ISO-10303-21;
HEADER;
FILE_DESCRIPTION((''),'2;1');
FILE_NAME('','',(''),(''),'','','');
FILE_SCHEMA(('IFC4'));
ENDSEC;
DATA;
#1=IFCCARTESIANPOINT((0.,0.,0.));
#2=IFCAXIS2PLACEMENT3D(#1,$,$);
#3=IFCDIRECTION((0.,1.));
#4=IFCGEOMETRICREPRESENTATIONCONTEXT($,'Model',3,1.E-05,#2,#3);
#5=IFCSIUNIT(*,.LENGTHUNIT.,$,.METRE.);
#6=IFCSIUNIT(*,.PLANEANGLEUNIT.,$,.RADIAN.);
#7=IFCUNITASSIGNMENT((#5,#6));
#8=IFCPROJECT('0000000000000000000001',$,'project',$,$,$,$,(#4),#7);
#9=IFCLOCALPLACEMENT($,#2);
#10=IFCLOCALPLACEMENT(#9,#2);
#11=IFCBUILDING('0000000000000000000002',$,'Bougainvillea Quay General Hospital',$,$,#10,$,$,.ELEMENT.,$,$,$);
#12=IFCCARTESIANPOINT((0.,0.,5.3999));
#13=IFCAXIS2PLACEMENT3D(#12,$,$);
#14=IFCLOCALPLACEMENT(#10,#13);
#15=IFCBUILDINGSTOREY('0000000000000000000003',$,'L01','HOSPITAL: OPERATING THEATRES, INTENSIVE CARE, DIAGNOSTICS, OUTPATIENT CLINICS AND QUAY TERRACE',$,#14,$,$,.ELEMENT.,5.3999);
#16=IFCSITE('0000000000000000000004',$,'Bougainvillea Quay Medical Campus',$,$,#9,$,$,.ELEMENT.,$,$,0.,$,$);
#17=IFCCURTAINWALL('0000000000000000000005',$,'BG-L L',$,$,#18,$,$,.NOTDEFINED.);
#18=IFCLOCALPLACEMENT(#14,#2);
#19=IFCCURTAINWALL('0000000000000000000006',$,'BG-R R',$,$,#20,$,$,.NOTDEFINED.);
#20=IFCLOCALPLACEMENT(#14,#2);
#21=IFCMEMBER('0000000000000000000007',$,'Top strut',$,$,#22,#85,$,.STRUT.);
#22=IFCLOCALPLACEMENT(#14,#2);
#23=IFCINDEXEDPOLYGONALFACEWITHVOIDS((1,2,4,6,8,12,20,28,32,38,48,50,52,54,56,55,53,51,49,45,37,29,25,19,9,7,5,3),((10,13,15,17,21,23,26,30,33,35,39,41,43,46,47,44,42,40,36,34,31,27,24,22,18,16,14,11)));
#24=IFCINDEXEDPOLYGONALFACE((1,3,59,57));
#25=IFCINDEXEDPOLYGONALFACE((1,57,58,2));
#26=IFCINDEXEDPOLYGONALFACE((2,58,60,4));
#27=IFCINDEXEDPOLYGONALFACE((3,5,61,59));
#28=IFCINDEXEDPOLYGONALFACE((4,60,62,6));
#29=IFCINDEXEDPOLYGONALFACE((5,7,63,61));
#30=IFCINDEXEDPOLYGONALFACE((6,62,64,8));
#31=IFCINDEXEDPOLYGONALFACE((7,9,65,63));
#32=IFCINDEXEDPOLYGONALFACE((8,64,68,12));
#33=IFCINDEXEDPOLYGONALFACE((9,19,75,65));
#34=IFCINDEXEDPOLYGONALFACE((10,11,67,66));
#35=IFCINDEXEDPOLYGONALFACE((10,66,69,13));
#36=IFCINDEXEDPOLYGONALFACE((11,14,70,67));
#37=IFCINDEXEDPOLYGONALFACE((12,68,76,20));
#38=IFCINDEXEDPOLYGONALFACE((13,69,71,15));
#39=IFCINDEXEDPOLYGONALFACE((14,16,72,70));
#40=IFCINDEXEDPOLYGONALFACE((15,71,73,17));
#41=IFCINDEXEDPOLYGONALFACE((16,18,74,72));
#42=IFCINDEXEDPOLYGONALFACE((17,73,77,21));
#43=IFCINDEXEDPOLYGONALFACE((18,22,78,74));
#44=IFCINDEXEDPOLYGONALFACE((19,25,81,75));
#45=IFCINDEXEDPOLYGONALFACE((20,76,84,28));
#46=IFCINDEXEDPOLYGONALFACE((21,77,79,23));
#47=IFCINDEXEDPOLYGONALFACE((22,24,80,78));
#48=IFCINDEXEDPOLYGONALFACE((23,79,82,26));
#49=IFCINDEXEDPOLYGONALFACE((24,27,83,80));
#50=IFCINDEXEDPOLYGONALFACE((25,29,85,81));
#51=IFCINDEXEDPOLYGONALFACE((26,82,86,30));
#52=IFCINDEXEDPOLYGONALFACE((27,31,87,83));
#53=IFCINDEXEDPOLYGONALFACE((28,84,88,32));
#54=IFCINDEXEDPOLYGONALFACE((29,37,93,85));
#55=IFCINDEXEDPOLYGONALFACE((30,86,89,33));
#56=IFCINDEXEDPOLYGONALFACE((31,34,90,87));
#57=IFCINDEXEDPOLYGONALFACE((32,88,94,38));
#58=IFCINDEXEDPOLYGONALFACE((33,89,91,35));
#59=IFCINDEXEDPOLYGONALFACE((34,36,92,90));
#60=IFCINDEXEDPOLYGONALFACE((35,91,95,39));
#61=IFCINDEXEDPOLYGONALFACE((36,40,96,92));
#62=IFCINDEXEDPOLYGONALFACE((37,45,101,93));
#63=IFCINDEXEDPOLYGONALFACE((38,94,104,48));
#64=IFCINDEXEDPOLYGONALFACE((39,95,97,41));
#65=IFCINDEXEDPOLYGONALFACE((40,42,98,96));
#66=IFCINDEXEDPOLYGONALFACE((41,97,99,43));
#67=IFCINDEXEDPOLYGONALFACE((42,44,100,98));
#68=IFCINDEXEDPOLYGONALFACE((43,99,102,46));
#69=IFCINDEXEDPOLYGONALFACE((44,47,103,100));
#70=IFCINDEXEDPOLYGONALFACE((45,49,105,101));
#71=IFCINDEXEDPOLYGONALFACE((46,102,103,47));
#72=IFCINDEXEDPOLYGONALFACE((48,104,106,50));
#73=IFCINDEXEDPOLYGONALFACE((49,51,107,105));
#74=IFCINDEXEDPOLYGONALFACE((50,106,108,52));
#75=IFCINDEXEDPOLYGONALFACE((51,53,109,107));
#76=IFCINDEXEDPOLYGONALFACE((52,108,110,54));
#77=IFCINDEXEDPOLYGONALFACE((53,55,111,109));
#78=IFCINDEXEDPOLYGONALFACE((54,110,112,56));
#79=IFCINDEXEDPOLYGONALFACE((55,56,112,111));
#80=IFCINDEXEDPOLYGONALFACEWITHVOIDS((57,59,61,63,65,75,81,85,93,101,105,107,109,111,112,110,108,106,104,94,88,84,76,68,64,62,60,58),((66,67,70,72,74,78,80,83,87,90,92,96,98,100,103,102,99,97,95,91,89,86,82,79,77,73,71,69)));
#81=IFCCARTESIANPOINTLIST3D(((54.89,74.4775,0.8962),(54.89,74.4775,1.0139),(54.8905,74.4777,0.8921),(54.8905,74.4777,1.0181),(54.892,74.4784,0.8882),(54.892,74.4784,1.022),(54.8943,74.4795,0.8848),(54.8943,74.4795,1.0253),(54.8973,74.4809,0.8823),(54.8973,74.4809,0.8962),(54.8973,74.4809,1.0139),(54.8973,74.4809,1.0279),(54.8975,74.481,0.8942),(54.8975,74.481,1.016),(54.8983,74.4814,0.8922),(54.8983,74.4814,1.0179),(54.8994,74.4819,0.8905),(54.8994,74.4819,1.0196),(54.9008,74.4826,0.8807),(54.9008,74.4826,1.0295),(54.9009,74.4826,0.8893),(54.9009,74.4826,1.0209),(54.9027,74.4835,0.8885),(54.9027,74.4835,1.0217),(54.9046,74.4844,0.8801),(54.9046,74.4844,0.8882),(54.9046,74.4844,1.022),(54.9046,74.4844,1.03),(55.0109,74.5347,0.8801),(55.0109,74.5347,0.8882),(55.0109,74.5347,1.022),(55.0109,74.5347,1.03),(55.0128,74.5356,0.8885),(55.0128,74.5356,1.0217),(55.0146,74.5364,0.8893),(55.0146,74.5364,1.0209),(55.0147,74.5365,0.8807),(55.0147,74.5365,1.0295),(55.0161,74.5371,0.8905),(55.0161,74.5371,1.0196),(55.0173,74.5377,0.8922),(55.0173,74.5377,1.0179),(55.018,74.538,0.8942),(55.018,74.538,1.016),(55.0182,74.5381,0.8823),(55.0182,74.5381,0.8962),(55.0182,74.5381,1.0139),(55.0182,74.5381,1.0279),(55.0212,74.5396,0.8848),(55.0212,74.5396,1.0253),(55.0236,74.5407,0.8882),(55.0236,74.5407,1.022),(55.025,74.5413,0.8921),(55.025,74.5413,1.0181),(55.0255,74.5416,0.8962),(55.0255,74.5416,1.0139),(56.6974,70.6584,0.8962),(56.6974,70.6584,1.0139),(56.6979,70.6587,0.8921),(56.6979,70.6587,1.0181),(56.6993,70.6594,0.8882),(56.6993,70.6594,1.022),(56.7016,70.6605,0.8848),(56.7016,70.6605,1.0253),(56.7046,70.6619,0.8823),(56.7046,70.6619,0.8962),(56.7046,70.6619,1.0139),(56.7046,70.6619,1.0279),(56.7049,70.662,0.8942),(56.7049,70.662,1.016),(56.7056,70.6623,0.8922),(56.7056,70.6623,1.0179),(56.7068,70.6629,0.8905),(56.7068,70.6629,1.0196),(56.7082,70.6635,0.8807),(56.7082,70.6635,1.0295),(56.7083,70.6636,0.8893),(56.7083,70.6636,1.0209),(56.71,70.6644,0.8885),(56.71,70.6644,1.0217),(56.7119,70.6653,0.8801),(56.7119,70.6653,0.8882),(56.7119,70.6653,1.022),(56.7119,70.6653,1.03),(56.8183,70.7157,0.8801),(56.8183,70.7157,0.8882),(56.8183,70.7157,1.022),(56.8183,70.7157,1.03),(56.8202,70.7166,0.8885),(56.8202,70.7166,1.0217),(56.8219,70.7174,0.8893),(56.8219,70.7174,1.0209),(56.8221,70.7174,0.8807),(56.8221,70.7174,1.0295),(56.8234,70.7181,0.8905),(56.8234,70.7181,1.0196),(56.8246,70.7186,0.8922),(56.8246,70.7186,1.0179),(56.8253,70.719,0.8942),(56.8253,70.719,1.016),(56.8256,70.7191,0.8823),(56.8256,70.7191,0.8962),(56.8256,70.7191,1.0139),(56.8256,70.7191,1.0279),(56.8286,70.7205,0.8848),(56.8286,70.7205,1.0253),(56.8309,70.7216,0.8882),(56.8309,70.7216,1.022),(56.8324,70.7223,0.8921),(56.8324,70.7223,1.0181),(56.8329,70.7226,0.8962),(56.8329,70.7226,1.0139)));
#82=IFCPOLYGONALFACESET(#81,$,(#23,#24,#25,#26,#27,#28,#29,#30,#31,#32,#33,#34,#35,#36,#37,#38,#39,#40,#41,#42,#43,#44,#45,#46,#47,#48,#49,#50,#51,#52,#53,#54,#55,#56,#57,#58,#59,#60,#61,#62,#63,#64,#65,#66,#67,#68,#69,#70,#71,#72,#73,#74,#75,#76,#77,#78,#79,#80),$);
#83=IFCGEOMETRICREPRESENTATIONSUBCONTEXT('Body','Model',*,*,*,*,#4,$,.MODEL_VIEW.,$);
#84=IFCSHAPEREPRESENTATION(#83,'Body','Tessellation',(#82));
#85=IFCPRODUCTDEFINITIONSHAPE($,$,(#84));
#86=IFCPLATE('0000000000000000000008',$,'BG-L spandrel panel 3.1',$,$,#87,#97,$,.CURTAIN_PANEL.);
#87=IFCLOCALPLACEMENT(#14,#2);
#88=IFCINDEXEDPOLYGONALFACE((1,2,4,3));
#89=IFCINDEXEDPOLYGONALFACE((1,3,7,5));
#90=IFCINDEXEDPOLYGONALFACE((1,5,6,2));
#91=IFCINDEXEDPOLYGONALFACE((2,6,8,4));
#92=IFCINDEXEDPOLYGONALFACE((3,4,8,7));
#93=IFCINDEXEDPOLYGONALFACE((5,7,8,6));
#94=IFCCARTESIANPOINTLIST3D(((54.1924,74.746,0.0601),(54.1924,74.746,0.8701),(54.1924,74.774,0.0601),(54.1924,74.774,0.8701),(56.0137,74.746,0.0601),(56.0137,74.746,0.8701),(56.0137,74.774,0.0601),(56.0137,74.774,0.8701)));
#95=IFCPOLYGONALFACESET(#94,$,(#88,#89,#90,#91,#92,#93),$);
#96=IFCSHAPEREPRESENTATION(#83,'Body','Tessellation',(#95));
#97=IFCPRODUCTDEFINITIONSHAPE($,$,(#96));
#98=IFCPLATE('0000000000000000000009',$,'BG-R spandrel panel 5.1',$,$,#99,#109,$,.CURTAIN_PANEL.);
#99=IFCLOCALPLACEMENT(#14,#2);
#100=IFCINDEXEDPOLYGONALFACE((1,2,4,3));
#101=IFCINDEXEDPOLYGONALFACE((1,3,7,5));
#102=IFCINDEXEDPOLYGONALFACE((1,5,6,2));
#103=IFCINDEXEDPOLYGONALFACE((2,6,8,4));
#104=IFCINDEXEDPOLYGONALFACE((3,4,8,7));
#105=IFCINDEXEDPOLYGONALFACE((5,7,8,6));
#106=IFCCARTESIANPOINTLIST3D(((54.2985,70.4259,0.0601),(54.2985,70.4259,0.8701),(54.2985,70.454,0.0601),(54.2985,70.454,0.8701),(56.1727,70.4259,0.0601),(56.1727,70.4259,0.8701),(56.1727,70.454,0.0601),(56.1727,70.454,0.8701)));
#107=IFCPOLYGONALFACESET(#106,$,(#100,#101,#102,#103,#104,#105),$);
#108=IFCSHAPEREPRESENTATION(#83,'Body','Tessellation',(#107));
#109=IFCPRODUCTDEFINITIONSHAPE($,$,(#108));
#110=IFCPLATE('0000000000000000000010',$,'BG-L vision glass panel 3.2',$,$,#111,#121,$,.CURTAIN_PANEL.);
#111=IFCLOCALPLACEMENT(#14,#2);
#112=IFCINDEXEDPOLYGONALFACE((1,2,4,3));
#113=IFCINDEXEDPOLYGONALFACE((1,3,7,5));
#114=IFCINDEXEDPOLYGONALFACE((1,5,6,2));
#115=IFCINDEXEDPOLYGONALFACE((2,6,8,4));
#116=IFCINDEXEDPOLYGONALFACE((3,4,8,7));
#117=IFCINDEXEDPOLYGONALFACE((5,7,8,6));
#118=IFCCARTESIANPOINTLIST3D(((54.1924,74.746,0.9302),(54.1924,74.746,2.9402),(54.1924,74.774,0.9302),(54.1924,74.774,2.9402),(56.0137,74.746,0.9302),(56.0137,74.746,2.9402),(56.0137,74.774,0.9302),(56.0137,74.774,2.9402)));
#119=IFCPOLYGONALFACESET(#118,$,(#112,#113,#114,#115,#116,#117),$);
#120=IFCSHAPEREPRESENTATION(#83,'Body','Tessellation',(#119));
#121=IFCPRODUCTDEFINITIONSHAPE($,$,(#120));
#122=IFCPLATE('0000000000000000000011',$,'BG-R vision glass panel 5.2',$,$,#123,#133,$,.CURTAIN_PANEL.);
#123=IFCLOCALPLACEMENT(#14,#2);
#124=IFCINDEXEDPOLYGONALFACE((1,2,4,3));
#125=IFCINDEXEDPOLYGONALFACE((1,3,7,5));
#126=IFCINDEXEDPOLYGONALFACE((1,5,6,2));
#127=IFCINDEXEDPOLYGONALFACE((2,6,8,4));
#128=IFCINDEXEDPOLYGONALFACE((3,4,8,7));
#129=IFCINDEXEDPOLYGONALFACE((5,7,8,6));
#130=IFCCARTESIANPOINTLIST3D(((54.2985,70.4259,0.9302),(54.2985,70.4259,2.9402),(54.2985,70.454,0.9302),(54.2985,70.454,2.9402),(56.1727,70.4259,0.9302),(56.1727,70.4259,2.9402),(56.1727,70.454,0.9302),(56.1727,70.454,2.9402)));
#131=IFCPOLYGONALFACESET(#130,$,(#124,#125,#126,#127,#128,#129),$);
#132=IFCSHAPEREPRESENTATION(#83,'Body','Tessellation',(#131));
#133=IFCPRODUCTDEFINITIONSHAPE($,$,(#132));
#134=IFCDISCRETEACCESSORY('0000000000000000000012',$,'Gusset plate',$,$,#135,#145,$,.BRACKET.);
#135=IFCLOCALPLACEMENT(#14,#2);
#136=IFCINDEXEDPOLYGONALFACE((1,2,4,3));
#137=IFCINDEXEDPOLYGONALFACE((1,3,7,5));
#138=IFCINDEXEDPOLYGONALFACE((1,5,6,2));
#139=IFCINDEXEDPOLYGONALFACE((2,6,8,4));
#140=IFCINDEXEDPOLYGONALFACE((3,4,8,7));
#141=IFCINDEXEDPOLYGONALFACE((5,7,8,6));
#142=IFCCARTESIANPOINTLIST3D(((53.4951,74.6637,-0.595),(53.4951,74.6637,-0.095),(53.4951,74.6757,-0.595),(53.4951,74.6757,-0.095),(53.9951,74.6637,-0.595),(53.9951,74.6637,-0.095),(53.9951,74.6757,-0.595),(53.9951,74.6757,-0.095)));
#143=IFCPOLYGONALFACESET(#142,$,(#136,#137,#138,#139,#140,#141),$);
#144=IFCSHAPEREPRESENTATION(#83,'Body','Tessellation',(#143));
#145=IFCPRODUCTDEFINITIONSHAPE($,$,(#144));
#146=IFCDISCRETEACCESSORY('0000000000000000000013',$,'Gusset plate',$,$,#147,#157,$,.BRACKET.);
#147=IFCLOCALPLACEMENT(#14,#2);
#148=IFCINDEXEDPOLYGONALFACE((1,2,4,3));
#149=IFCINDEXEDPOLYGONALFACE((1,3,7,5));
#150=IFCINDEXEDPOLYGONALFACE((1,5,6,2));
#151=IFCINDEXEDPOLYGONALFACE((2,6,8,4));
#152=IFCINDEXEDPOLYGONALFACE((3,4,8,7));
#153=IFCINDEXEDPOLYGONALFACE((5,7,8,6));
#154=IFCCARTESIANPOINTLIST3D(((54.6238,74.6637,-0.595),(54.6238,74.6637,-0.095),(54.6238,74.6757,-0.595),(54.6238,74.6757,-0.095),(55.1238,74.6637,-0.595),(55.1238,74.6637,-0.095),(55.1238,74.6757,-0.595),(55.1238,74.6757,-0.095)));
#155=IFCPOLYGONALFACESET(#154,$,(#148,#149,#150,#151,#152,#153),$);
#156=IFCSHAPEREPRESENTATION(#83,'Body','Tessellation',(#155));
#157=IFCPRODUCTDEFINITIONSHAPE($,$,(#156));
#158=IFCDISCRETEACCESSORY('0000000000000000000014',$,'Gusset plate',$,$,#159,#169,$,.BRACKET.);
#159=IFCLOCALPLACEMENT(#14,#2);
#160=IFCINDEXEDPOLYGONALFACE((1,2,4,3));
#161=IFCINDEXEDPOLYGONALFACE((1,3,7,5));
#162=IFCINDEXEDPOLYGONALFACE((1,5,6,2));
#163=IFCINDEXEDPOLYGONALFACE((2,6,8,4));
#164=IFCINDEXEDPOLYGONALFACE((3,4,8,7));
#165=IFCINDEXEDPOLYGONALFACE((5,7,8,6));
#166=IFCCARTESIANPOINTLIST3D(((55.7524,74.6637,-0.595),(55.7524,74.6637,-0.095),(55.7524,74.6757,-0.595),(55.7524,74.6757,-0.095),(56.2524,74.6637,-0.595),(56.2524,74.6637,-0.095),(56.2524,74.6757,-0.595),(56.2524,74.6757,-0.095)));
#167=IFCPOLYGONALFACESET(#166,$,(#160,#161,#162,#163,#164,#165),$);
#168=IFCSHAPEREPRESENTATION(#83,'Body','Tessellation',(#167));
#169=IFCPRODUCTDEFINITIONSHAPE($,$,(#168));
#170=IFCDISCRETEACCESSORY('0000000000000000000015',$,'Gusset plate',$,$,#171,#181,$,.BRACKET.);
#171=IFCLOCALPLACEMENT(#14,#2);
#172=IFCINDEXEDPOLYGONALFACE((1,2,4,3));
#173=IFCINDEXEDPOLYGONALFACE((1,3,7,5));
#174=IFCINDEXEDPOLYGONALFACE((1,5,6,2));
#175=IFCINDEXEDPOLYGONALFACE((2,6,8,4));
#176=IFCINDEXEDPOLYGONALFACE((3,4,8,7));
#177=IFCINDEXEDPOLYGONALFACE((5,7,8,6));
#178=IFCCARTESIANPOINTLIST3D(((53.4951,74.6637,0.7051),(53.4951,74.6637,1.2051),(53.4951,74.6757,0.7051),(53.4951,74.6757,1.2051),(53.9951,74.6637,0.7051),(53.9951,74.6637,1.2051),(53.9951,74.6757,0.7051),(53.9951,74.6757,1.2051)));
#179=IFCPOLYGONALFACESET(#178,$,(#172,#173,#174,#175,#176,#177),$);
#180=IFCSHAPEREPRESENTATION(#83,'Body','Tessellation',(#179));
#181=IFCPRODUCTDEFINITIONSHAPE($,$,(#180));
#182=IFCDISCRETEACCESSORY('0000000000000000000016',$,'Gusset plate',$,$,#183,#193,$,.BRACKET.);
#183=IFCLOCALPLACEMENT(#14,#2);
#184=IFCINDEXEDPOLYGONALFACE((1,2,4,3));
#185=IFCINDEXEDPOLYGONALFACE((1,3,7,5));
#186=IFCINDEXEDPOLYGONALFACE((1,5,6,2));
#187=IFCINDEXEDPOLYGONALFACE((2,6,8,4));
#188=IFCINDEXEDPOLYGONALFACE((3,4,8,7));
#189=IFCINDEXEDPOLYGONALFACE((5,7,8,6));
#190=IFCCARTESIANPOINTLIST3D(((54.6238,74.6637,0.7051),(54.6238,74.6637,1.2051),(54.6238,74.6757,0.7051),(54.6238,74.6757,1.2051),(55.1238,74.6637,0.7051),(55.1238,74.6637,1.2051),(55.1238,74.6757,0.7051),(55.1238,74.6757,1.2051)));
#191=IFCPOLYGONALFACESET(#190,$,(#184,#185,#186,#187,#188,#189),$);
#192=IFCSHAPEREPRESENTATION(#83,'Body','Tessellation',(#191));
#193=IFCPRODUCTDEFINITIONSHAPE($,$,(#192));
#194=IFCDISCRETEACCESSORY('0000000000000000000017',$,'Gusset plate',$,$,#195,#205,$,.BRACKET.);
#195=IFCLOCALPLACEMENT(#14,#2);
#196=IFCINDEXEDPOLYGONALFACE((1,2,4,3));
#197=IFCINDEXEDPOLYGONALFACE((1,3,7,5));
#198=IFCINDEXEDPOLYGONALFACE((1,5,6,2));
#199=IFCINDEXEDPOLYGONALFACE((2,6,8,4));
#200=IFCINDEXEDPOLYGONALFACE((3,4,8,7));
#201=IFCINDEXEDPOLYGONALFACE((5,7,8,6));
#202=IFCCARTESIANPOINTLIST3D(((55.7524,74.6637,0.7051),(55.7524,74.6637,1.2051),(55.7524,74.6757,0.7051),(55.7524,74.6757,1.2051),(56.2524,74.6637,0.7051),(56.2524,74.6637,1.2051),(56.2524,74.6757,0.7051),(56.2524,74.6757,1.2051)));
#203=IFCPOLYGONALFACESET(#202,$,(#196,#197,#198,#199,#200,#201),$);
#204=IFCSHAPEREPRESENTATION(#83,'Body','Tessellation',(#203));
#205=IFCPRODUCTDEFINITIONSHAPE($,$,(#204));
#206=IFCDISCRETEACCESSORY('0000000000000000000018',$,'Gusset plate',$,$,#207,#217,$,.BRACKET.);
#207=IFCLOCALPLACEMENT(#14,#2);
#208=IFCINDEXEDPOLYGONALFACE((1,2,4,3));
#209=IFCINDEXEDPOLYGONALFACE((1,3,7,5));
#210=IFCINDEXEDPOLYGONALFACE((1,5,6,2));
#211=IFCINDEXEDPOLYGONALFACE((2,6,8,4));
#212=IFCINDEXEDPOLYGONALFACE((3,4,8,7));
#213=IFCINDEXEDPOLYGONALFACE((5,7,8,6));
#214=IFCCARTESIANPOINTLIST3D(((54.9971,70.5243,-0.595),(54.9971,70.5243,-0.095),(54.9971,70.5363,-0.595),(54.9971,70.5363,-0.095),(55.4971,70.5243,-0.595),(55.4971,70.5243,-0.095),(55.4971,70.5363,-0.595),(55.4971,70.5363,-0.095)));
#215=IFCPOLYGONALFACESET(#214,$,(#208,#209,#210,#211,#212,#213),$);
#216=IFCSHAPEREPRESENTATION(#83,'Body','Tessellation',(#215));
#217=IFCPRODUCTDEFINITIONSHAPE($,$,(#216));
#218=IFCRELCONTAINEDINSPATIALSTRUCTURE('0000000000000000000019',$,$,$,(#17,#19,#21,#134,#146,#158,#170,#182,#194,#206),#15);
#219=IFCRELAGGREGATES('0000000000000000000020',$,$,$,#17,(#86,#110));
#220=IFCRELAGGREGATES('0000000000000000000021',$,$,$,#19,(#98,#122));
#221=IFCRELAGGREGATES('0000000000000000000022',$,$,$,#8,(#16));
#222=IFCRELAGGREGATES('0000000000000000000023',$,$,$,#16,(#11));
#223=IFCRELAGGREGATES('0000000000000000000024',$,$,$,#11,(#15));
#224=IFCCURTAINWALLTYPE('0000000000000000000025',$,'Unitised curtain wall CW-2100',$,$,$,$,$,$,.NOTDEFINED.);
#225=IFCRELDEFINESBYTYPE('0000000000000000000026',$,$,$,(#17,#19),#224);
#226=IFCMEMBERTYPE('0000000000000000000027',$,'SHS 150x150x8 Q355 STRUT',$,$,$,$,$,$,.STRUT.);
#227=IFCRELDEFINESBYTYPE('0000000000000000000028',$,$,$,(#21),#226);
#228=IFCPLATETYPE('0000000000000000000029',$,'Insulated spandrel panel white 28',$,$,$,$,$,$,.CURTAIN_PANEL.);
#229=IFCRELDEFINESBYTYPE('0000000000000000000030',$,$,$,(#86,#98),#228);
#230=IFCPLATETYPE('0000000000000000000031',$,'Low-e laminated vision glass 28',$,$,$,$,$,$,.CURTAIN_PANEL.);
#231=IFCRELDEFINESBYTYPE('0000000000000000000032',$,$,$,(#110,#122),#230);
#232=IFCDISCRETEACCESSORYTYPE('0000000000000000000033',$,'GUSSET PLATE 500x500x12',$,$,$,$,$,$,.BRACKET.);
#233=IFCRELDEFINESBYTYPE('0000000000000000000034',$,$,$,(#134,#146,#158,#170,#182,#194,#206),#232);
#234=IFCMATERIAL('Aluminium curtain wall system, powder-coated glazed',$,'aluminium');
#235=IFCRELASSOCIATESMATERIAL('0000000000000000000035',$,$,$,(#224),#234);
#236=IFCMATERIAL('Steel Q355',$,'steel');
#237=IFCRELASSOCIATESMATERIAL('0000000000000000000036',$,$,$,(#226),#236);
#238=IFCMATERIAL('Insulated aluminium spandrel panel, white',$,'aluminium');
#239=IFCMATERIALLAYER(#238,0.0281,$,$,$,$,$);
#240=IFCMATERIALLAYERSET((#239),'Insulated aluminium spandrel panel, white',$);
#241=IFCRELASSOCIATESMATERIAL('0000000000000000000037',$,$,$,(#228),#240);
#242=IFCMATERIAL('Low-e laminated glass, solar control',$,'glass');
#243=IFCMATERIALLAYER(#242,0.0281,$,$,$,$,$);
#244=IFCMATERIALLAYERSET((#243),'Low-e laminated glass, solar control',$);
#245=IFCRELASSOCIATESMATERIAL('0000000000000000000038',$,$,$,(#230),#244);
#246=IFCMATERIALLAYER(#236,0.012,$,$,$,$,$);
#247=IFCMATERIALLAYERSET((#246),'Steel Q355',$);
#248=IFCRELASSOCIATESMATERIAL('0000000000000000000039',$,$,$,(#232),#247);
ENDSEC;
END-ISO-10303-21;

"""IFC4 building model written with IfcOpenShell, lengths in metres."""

from ifc_helpers import new_model, si_unit, direction, frame, origin, origin_2d, place, context, subcontext, project, spatial, rectangle, hollow_rectangle, extrude, material, layer, layer_set, material_profile, profile_set, type_object, element, aggregate, save


model = new_model("IFC4")

# Units and contexts
model_context = context("Model", 3, precision=1e-05, world=origin(), true_north=direction((0.0, 1.0)))
body_context = subcontext(model_context, "Body", "Model", "MODEL_VIEW")
ifc_project = project(units=[si_unit("LENGTHUNIT", "METRE"), si_unit("PLANEANGLEUNIT", "RADIAN")], contexts=[model_context])

# Site, building, storey
site_placement = place(None, origin())
site = spatial("IfcSite", under=ifc_project, at=site_placement, Name="Bougainvillea Quay Medical Campus", CompositionType="ELEMENT", RefElevation=0.0)
building_placement = place(site_placement, origin())
building = spatial("IfcBuilding", under=site, at=building_placement, Name="Bougainvillea Quay General Hospital", CompositionType="ELEMENT")
storey_placement = place(building_placement, frame((0.0, 0.0, 5.3999)))
storey = spatial("IfcBuildingStorey", under=building, at=storey_placement, Name="L01", Description="HOSPITAL: OPERATING THEATRES, INTENSIVE CARE, DIAGNOSTICS, OUTPATIENT CLINICS AND QUAY TERRACE", CompositionType="ELEMENT", Elevation=5.3999)

# Curtain walls
ifc_material_1 = material(Name="Aluminium curtain wall system, powder-coated glazed", Category="aluminium")
curtain_wall_type = type_object("IfcCurtainWallType", Name="Unitised curtain wall CW-2100", PredefinedType="NOTDEFINED", material=ifc_material_1)
curtain_wall_1_placement = place(storey_placement, origin())
curtain_wall_1 = element("IfcCurtainWall", 1, at=curtain_wall_1_placement, inside=storey, type_object=curtain_wall_type, Name="BG-L L", PredefinedType="NOTDEFINED")
curtain_wall_2_placement = place(storey_placement, origin())
curtain_wall_2 = element("IfcCurtainWall", 2, at=curtain_wall_2_placement, inside=storey, type_object=curtain_wall_type, Name="BG-R R", PredefinedType="NOTDEFINED")

# Member
ifc_material_2 = material(Name="Steel Q355", Category="steel")
ifc_material_profile_1 = material_profile(ifc_material_2, hollow_rectangle(XDim=0.1499, YDim=0.1499, WallThickness=0.0081, InnerFilletRadius=0.0081, OuterFilletRadius=0.0161, at=origin_2d()))
ifc_profile_set_1 = profile_set([ifc_material_profile_1], Name="Steel Q355")
member_type_1 = type_object("IfcMemberType", Name="SHS 150x150x8 Q355 STRUT", PredefinedType="STRUT", material=ifc_profile_set_1)
member_1_placement = place(storey_placement, frame((54.9578, 74.5095, 0.9551), z_axis=(0.427763, -0.903891, 0.0), x_axis=(0.903891, 0.427763, 0.0)))
element("IfcMember", 3, at=member_1_placement, inside=storey, type_object=member_type_1, Name="Top strut", PredefinedType="STRUT", context=body_context, shape_type="SweptSolid", body=[
    extrude(hollow_rectangle(XDim=0.1499, YDim=0.1499, WallThickness=0.0081, InnerFilletRadius=0.0081, OuterFilletRadius=0.0161, at=origin_2d()), origin(), (0.0, 0.0, 1.0), 4.2251),
])

# Plates
ifc_material_3 = material(Name="Insulated aluminium spandrel panel, white", Category="aluminium")
ifc_layer_1 = layer(ifc_material_3, 0.0281)
ifc_layer_set_1 = layer_set([ifc_layer_1], Name="Insulated aluminium spandrel panel, white")
plate_type_1 = type_object("IfcPlateType", Name="Insulated spandrel panel white 28", PredefinedType="CURTAIN_PANEL", material=ifc_layer_set_1)
plate_1_placement = place(storey_placement, frame((55.103, 74.76, 0.0601), z_axis=(0.0, 0.0, 1.0), x_axis=(1.0, 0.0, 0.0)))
plate_1 = element("IfcPlate", 4, at=plate_1_placement, type_object=plate_type_1, Name="BG-L spandrel panel 3.1", PredefinedType="CURTAIN_PANEL", context=body_context, shape_type="SweptSolid", body=[
    extrude(rectangle(XDim=1.8213, YDim=0.0281, at=origin_2d()), origin(), (0.0, 0.0, 1.0), 0.8101),
])
plate_2_placement = place(storey_placement, frame((55.2356, 70.4399, 0.0601), z_axis=(0.0, 0.0, 1.0), x_axis=(-1.0, 0.0, 0.0)))
plate_2 = element("IfcPlate", 5, at=plate_2_placement, type_object=plate_type_1, Name="BG-R spandrel panel 5.1", PredefinedType="CURTAIN_PANEL", context=body_context, shape_type="SweptSolid", body=[
    extrude(rectangle(XDim=1.8743, YDim=0.0281, at=origin_2d()), origin(), (0.0, 0.0, 1.0), 0.8101),
])
ifc_material_4 = material(Name="Low-e laminated glass, solar control", Category="glass")
ifc_layer_2 = layer(ifc_material_4, 0.0281)
ifc_layer_set_2 = layer_set([ifc_layer_2], Name="Low-e laminated glass, solar control")
plate_type_2 = type_object("IfcPlateType", Name="Low-e laminated vision glass 28", PredefinedType="CURTAIN_PANEL", material=ifc_layer_set_2)
plate_3_placement = place(storey_placement, frame((55.103, 74.76, 0.9302), z_axis=(0.0, 0.0, 1.0), x_axis=(1.0, 0.0, 0.0)))
plate_3 = element("IfcPlate", 6, at=plate_3_placement, type_object=plate_type_2, Name="BG-L vision glass panel 3.2", PredefinedType="CURTAIN_PANEL", context=body_context, shape_type="SweptSolid", body=[
    extrude(rectangle(XDim=1.8213, YDim=0.0281, at=origin_2d()), origin(), (0.0, 0.0, 1.0), 2.01),
])
aggregate(curtain_wall_1, [plate_1, plate_3])
plate_4_placement = place(storey_placement, frame((55.2356, 70.4399, 0.9302), z_axis=(0.0, 0.0, 1.0), x_axis=(-1.0, 0.0, 0.0)))
plate_4 = element("IfcPlate", 7, at=plate_4_placement, type_object=plate_type_2, Name="BG-R vision glass panel 5.2", PredefinedType="CURTAIN_PANEL", context=body_context, shape_type="SweptSolid", body=[
    extrude(rectangle(XDim=1.8743, YDim=0.0281, at=origin_2d()), origin(), (0.0, 0.0, 1.0), 2.01),
])
aggregate(curtain_wall_2, [plate_2, plate_4])

# Discrete accessories
ifc_layer_3 = layer(ifc_material_2, 0.012)
ifc_layer_set_3 = layer_set([ifc_layer_3], Name="Steel Q355")
discrete_accessory_type = type_object("IfcDiscreteAccessoryType", Name="GUSSET PLATE 500x500x12", PredefinedType="BRACKET", material=ifc_layer_set_3)
for number, where, z_axis, x_axis, name in (
    (8, (53.7451, 74.6697, -0.595), (0.0, 0.0, 1.0), (1.0, 0.0, 0.0), "Gusset plate"),
    (9, (54.8738, 74.6697, -0.595), (0.0, 0.0, 1.0), (1.0, 0.0, 0.0), "Gusset plate"),
    (10, (56.0024, 74.6697, -0.595), (0.0, 0.0, 1.0), (1.0, 0.0, 0.0), "Gusset plate"),
    (11, (53.7451, 74.6697, 0.7051), (0.0, 0.0, 1.0), (1.0, 0.0, 0.0), "Gusset plate"),
    (12, (54.8738, 74.6697, 0.7051), (0.0, 0.0, 1.0), (1.0, 0.0, 0.0), "Gusset plate"),
    (13, (56.0024, 74.6697, 0.7051), (0.0, 0.0, 1.0), (1.0, 0.0, 0.0), "Gusset plate"),
    (14, (55.2471, 70.5303, -0.595), (0.0, 0.0, 1.0), (1.0, 0.0, 0.0), "Gusset plate"),
):
    element("IfcDiscreteAccessory", number, at=place(storey_placement, frame(where, z_axis=z_axis, x_axis=x_axis)), inside=storey, type_object=discrete_accessory_type, Name=name, PredefinedType="BRACKET", context=body_context, shape_type="SweptSolid", body=[
        extrude(rectangle(XDim=0.5, YDim=0.012, at=origin_2d()), origin(), (0.0, 0.0, 1.0), 0.5),
    ])

save(model, "model.ifc")
